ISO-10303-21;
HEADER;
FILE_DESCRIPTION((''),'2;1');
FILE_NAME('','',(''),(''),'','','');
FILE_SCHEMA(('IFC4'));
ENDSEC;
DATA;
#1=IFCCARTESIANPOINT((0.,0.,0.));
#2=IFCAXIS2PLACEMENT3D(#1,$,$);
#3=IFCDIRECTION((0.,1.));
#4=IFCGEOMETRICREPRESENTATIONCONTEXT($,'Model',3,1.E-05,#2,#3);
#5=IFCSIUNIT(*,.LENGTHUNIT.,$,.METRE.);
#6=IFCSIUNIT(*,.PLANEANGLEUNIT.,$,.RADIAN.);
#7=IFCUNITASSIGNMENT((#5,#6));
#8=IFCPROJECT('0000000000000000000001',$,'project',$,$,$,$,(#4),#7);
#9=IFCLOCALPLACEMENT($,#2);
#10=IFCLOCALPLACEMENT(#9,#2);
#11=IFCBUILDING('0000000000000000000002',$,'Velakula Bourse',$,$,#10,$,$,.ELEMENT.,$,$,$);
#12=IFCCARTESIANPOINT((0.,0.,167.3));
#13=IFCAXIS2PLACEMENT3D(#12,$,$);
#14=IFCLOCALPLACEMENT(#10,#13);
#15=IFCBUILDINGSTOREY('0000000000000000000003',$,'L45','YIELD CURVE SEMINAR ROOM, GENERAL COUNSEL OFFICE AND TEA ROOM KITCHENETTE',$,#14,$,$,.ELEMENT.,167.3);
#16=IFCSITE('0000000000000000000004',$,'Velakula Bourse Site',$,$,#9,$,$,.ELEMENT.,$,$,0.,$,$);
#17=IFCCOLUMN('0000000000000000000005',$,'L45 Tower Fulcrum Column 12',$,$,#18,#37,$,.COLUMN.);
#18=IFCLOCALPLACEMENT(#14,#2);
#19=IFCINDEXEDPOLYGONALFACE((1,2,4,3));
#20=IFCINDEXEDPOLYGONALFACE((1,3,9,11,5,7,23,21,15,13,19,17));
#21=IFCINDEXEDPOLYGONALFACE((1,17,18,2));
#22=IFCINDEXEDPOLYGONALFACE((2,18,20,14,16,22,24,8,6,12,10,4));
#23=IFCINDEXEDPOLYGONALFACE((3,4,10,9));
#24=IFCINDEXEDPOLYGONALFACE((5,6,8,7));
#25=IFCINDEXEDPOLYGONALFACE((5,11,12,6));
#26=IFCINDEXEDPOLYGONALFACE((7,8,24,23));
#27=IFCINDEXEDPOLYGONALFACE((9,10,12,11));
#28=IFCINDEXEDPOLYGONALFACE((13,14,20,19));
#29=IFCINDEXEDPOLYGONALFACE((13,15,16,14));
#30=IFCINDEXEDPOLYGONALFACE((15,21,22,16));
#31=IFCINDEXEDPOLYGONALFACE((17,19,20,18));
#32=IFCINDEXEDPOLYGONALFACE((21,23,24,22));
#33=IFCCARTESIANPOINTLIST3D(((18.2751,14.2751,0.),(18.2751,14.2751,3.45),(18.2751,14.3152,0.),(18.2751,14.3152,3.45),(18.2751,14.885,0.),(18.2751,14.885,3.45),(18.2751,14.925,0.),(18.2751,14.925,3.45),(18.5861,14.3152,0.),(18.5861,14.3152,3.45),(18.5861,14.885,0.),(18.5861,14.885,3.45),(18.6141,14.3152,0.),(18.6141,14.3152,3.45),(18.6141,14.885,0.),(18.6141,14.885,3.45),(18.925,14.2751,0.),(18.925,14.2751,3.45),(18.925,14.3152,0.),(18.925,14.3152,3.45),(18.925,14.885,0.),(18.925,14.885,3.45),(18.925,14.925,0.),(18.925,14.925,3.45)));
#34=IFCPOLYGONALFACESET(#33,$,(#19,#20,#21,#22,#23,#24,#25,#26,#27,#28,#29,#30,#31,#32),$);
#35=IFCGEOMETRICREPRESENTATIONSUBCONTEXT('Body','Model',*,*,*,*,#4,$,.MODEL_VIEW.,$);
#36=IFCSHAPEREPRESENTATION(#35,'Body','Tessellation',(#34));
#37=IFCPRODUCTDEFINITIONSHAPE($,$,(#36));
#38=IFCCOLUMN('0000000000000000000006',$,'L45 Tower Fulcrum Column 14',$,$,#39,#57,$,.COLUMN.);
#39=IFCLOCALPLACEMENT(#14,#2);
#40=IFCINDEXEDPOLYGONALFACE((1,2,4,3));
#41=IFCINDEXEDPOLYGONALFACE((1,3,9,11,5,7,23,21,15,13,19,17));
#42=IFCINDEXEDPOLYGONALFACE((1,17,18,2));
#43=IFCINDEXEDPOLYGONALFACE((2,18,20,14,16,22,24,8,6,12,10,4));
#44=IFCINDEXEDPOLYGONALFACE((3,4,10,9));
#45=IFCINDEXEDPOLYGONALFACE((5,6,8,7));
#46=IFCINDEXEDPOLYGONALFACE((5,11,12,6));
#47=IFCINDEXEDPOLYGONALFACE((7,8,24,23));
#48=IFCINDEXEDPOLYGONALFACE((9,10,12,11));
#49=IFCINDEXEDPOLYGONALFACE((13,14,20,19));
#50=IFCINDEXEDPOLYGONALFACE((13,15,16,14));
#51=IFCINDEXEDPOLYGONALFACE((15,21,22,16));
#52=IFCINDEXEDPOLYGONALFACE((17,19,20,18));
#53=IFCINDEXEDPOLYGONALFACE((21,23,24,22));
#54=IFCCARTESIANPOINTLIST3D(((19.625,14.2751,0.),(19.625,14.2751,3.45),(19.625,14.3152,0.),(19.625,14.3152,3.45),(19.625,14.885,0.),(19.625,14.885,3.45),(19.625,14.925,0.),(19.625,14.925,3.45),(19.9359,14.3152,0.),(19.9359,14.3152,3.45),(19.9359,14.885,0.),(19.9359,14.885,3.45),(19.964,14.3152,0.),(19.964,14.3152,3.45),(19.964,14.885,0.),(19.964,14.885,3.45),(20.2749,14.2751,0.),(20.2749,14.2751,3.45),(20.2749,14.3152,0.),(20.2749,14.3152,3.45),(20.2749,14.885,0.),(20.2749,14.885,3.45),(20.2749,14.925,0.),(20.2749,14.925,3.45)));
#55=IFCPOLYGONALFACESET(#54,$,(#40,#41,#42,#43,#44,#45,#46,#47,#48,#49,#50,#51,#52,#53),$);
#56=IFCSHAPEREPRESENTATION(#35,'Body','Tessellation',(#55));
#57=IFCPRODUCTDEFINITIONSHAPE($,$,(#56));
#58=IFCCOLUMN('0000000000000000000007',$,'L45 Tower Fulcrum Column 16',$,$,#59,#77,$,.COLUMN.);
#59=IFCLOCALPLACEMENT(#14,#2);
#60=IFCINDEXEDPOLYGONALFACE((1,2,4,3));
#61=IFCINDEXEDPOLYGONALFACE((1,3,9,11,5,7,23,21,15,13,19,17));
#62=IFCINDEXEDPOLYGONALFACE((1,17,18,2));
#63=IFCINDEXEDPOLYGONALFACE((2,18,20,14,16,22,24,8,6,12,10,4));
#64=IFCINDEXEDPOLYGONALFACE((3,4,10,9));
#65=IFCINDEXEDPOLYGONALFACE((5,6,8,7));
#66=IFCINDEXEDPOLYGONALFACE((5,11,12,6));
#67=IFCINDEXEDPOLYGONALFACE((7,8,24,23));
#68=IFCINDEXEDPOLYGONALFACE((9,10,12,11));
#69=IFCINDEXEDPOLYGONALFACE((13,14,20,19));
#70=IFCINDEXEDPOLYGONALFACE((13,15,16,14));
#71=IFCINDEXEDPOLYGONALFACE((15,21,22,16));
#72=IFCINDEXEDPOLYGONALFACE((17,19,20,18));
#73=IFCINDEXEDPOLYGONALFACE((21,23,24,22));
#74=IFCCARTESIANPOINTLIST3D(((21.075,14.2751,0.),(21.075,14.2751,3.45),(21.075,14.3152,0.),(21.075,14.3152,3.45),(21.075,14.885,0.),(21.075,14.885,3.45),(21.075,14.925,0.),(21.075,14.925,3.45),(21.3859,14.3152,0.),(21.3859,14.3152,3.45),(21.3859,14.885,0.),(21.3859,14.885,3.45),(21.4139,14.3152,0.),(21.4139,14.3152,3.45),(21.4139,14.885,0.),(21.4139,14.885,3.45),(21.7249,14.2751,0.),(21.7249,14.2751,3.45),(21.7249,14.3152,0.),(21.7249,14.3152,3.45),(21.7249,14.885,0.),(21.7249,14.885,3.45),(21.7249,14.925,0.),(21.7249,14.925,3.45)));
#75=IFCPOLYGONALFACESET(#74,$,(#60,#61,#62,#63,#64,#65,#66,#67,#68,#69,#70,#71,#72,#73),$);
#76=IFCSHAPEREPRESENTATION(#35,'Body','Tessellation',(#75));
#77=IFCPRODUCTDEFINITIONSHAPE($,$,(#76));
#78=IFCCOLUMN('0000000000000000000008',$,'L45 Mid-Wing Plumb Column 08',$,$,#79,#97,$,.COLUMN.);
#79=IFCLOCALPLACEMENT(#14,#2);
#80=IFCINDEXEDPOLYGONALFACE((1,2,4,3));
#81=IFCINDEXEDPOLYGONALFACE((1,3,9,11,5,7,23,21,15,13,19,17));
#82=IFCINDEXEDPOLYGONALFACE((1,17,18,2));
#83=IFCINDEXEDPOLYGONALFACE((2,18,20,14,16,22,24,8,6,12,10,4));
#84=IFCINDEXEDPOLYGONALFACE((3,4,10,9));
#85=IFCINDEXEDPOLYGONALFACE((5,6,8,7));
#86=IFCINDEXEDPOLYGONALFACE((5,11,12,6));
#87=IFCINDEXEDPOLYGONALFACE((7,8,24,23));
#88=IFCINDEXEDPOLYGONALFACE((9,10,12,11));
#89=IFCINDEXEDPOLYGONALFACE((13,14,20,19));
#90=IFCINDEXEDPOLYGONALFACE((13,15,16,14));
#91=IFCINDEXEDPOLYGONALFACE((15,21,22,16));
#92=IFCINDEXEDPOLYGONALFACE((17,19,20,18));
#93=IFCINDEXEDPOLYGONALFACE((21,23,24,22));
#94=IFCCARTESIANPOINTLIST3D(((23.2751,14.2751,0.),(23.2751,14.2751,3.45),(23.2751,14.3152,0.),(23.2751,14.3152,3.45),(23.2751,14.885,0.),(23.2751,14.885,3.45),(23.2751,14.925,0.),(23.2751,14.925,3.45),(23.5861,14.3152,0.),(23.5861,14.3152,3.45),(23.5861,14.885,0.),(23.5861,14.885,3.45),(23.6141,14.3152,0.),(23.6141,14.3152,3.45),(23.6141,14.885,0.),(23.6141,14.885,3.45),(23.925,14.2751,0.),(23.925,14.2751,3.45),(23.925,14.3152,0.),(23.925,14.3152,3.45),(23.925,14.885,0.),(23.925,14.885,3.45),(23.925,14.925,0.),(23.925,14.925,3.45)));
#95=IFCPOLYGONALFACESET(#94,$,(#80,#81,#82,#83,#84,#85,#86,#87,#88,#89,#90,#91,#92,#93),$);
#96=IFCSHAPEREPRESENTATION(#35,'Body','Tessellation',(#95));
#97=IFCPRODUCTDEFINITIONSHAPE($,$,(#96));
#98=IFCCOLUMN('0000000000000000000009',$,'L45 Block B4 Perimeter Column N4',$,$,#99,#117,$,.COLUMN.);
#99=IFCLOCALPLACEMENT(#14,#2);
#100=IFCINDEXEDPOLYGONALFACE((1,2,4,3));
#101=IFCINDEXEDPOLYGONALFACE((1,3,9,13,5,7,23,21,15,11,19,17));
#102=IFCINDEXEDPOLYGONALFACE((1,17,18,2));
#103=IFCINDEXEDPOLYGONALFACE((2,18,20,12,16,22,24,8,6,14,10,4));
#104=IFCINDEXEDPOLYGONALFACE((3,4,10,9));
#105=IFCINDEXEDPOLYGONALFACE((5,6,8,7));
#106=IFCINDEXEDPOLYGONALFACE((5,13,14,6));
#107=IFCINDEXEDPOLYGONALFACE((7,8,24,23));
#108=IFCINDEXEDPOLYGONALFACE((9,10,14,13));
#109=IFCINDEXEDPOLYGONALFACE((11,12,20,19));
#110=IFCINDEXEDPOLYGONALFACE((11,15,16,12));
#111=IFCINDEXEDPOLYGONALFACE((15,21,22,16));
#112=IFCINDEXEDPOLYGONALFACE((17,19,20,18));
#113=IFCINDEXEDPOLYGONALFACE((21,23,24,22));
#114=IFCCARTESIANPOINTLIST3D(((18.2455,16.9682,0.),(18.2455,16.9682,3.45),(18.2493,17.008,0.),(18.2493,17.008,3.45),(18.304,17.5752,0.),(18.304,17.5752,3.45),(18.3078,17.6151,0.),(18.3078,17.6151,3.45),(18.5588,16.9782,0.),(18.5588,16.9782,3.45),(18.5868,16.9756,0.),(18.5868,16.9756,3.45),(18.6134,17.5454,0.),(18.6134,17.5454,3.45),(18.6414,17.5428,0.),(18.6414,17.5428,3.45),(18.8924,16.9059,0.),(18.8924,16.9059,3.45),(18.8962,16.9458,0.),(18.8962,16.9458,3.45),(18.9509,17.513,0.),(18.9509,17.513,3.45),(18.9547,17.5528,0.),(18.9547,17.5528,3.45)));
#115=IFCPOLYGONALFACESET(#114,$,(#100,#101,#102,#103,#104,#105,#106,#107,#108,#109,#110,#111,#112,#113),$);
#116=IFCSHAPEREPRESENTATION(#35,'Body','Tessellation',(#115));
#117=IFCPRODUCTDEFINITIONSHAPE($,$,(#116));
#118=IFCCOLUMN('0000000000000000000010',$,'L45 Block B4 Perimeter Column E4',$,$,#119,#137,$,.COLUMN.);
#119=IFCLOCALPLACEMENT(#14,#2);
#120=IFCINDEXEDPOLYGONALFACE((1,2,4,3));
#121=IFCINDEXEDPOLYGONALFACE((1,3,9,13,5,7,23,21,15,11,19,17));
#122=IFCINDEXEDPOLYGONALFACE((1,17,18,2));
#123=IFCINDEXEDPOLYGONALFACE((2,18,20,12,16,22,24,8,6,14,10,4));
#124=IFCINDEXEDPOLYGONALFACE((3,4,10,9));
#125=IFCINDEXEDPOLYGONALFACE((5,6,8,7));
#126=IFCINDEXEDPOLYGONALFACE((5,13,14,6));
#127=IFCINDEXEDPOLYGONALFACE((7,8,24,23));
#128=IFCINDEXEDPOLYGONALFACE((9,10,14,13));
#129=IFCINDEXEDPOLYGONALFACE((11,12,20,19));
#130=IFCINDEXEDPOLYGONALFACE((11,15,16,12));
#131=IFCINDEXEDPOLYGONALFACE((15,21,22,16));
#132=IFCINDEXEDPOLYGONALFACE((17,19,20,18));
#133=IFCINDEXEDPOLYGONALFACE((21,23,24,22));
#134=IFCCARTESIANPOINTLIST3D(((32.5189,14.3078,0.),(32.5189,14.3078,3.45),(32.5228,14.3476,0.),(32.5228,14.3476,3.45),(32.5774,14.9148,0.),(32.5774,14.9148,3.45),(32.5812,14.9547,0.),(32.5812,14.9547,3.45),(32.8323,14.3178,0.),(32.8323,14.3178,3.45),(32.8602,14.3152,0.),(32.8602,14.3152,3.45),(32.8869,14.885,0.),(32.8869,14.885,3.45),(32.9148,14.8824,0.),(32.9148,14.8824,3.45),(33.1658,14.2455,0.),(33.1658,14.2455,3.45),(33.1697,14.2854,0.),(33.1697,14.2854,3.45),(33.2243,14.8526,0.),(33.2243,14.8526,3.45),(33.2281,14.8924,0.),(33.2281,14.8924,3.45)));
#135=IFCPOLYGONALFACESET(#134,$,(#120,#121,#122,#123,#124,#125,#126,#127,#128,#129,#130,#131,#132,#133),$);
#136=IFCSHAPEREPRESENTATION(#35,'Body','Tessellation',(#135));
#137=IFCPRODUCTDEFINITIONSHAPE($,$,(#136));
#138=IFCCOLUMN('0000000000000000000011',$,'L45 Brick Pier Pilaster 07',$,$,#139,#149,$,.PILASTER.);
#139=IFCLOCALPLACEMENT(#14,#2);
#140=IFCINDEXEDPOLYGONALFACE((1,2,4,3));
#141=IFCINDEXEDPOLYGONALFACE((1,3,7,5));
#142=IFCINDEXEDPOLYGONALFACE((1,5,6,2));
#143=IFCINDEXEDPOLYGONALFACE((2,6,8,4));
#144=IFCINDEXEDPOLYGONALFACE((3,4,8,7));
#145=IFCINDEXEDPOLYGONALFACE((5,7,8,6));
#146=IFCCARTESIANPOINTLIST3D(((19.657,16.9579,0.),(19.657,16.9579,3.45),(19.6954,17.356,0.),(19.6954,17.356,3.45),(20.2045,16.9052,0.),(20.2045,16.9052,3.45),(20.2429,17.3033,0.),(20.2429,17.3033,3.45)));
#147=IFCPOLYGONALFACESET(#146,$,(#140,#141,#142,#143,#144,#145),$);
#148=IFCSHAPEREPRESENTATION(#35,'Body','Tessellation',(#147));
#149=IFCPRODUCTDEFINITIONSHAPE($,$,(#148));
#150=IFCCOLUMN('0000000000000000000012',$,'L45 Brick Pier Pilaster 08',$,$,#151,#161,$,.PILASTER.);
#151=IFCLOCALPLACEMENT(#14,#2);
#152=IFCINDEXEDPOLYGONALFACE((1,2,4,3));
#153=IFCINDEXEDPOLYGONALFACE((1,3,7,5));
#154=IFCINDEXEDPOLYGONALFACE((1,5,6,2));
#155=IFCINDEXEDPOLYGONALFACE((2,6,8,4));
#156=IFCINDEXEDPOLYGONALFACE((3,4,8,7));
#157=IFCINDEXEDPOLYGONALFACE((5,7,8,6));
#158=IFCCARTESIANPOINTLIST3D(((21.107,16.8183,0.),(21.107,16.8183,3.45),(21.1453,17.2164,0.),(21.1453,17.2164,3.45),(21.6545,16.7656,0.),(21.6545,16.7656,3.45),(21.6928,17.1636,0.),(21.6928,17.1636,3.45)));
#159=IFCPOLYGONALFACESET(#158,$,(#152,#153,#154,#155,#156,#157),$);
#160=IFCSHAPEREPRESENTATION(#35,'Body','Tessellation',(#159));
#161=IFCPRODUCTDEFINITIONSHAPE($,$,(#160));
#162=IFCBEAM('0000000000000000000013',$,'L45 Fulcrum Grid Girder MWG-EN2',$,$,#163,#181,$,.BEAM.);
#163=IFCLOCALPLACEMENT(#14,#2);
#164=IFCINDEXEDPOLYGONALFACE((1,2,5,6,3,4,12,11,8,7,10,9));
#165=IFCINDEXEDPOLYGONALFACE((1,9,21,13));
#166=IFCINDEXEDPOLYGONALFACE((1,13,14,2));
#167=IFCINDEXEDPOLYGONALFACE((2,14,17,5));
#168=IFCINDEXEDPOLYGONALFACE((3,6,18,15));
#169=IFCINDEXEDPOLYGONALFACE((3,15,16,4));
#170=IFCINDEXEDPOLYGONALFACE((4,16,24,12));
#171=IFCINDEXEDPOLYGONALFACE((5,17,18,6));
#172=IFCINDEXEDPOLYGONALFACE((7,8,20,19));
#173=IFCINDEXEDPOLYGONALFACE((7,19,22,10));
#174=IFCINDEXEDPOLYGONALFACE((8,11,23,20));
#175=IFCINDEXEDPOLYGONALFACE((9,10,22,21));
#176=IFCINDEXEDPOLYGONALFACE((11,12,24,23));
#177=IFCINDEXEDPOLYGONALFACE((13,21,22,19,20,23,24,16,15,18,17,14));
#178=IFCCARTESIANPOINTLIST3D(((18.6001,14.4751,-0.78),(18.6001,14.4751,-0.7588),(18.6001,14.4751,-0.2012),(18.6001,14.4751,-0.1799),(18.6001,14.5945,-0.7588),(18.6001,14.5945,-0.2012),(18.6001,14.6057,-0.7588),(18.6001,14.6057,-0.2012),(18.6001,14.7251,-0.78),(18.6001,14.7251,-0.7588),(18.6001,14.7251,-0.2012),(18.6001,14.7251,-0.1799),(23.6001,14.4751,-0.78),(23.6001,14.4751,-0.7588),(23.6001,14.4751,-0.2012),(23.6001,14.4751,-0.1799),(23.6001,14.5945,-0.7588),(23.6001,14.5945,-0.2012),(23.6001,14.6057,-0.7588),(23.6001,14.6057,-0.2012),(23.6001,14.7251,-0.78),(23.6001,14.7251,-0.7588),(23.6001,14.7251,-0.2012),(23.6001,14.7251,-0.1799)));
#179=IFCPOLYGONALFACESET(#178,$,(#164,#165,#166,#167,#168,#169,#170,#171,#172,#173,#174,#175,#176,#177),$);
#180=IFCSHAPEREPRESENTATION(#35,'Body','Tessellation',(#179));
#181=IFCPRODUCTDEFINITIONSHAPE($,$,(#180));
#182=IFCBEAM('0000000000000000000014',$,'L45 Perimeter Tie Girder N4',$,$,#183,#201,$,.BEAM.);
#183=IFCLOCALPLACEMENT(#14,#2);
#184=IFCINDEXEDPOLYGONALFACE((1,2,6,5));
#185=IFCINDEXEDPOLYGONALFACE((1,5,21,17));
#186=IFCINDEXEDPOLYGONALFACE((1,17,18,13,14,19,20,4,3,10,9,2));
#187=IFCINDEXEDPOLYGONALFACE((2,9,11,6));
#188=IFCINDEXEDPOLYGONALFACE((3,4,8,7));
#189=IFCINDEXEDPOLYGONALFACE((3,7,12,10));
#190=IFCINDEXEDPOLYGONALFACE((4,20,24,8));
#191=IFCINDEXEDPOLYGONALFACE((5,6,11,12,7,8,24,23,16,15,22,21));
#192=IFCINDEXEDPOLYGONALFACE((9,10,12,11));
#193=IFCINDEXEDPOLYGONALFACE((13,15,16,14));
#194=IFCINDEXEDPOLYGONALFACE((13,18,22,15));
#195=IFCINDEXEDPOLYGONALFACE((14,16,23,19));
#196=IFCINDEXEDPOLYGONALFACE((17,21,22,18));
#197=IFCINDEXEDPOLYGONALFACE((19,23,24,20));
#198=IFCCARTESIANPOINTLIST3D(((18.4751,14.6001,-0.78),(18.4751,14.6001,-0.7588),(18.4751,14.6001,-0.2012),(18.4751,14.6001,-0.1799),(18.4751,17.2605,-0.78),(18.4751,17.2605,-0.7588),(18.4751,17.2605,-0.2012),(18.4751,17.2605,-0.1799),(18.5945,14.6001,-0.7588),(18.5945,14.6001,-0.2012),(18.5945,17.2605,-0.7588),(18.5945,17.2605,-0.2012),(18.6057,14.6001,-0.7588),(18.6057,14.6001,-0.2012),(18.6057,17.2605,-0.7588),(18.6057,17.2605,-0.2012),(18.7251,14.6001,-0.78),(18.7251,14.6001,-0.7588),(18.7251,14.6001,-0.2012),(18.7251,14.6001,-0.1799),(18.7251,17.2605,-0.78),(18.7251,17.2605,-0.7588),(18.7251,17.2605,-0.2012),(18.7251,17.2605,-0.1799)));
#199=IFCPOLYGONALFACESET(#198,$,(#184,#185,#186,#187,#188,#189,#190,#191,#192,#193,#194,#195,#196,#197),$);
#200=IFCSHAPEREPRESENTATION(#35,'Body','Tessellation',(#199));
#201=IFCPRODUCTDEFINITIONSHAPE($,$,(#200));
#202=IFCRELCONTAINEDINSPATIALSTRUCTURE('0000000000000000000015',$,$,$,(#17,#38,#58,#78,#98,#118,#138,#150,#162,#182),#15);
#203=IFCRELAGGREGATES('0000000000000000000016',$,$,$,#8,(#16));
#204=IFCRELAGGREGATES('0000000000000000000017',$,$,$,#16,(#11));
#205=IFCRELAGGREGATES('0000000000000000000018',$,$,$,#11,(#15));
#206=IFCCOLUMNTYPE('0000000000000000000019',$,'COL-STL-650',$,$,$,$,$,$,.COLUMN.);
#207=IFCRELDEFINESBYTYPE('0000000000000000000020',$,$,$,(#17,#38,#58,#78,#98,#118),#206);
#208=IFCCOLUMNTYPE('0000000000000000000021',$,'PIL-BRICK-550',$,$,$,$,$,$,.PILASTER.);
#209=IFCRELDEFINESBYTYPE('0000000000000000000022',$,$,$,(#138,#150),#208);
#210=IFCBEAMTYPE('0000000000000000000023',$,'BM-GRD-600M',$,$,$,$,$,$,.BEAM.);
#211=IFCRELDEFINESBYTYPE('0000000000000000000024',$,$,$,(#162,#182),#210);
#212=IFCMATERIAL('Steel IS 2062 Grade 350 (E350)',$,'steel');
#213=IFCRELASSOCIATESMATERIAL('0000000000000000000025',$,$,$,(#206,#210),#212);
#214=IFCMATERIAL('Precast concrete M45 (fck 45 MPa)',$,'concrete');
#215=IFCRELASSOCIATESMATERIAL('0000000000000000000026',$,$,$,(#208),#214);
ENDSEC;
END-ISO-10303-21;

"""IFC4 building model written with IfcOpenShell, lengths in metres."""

from ifc_helpers import new_model, si_unit, direction, frame, origin, origin_2d, place, context, subcontext, project, spatial, rectangle, i_section, extrude, material, material_profile, profile_set, type_object, element, save


model = new_model("IFC4")

# Units and contexts
model_context = context("Model", 3, precision=1e-05, world=origin(), true_north=direction((0.0, 1.0)))
body_context = subcontext(model_context, "Body", "Model", "MODEL_VIEW")
ifc_project = project(units=[si_unit("LENGTHUNIT", "METRE"), si_unit("PLANEANGLEUNIT", "RADIAN")], contexts=[model_context])

# Site, building, storey
site_placement = place(None, origin())
site = spatial("IfcSite", under=ifc_project, at=site_placement, Name="Velakula Bourse Site", CompositionType="ELEMENT", RefElevation=0.0)
building_placement = place(site_placement, origin())
building = spatial("IfcBuilding", under=site, at=building_placement, Name="Velakula Bourse", CompositionType="ELEMENT")
storey_placement = place(building_placement, frame((0.0, 0.0, 167.3)))
storey = spatial("IfcBuildingStorey", under=building, at=storey_placement, Name="L45", Description="YIELD CURVE SEMINAR ROOM, GENERAL COUNSEL OFFICE AND TEA ROOM KITCHENETTE", CompositionType="ELEMENT", Elevation=167.3)

# Columns
ifc_material_1 = material(Name="Steel IS 2062 Grade 350 (E350)", Category="steel")
ifc_material_profile_1 = material_profile(ifc_material_1, i_section(OverallWidth=0.6499, OverallDepth=0.6499, WebThickness=0.0281, FlangeThickness=0.04, at=origin_2d()), Name="Steel IS 2062 Grade 350 (E350)")
ifc_profile_set_1 = profile_set([ifc_material_profile_1], Name="Steel IS 2062 Grade 350 (E350)")
column_type_1 = type_object("IfcColumnType", Name="COL-STL-650", PredefinedType="COLUMN", material=ifc_profile_set_1)
for number, where, z_axis, x_axis, name in (
    (1, (18.6001, 14.6001, 0.0), (0.0, 0.0, 1.0), (1.0, 0.0, 0.0), "L45 Tower Fulcrum Column 12"),
    (2, (19.95, 14.6001, 0.0), (0.0, 0.0, 1.0), (1.0, 0.0, 0.0), "L45 Tower Fulcrum Column 14"),
    (3, (21.3999, 14.6001, 0.0), (0.0, 0.0, 1.0), (1.0, 0.0, 0.0), "L45 Tower Fulcrum Column 16"),
    (4, (23.6001, 14.6001, 0.0), (0.0, 0.0, 1.0), (1.0, 0.0, 0.0), "L45 Mid-Wing Plumb Column 08"),
    (5, (18.6001, 17.2605, 0.0), (0.0, 0.0, 1.0), (0.995396, -0.095846, 0.0), "L45 Block B4 Perimeter Column N4"),
    (6, (32.8735, 14.6001, 0.0), (0.0, 0.0, 1.0), (0.995396, -0.095846, 0.0), "L45 Block B4 Perimeter Column E4"),
):
    element("IfcColumn", number, at=place(storey_placement, frame(where, z_axis=z_axis, x_axis=x_axis)), inside=storey, type_object=column_type_1, Name=name, PredefinedType="COLUMN", context=body_context, shape_type="SweptSolid", body=[
        extrude(i_section(OverallWidth=0.6499, OverallDepth=0.6499, WebThickness=0.0281, FlangeThickness=0.04, at=origin_2d()), origin(), (0.0, 0.0, 1.0), 3.45),
    ])
ifc_material_2 = material(Name="Precast concrete M45 (fck 45 MPa)", Category="concrete")
ifc_material_profile_2 = material_profile(ifc_material_2, rectangle(XDim=0.55, YDim=0.3999, at=origin_2d()), Name="Precast concrete M45 (fck 45 MPa)")
ifc_profile_set_2 = profile_set([ifc_material_profile_2], Name="Precast concrete M45 (fck 45 MPa)")
column_type_2 = type_object("IfcColumnType", Name="PIL-BRICK-550", PredefinedType="PILASTER", material=ifc_profile_set_2)
for number, where, z_axis, x_axis, name in (
    (7, (19.95, 17.1306, 0.0), (0.0, 0.0, 1.0), (0.995396, -0.095846, 0.0), "L45 Brick Pier Pilaster 07"),
    (8, (21.3999, 16.991, 0.0), (0.0, 0.0, 1.0), (0.995396, -0.095846, 0.0), "L45 Brick Pier Pilaster 08"),
):
    element("IfcColumn", number, at=place(storey_placement, frame(where, z_axis=z_axis, x_axis=x_axis)), inside=storey, type_object=column_type_2, Name=name, PredefinedType="PILASTER", context=body_context, shape_type="SweptSolid", body=[
        extrude(rectangle(XDim=0.55, YDim=0.3999, at=origin_2d()), origin(), (0.0, 0.0, 1.0), 3.45),
    ])

# Beams
ifc_material_profile_3 = material_profile(ifc_material_1, i_section(OverallWidth=0.25, OverallDepth=0.6001, WebThickness=0.0112, FlangeThickness=0.0212, at=origin_2d()), Name="Steel IS 2062 Grade 350 (E350)")
ifc_profile_set_3 = profile_set([ifc_material_profile_3], Name="Steel IS 2062 Grade 350 (E350)")
beam_type_1 = type_object("IfcBeamType", Name="BM-GRD-600M", PredefinedType="BEAM", material=ifc_profile_set_3)
beam_1_placement = place(storey_placement, frame((18.6001, 14.6001, -0.48), z_axis=(1.0, 0.0, 0.0), x_axis=(0.0, 1.0, 0.0)))
element("IfcBeam", 9, at=beam_1_placement, inside=storey, type_object=beam_type_1, Name="L45 Fulcrum Grid Girder MWG-EN2", PredefinedType="BEAM", context=body_context, shape_type="SweptSolid", body=[
    extrude(i_section(OverallWidth=0.25, OverallDepth=0.6001, WebThickness=0.0112, FlangeThickness=0.0212, at=origin_2d()), origin(), (0.0, 0.0, 1.0), 5.0),
])
beam_2_placement = place(storey_placement, frame((18.6001, 14.6001, -0.48), z_axis=(0.0, 1.0, 0.0), x_axis=(-1.0, 0.0, 0.0)))
element("IfcBeam", 10, at=beam_2_placement, inside=storey, type_object=beam_type_1, Name="L45 Perimeter Tie Girder N4", PredefinedType="BEAM", context=body_context, shape_type="SweptSolid", body=[
    extrude(i_section(OverallWidth=0.25, OverallDepth=0.6001, WebThickness=0.0112, FlangeThickness=0.0212, at=origin_2d()), origin(), (0.0, 0.0, 1.0), 2.6604),
])

save(model, "model.ifc")
